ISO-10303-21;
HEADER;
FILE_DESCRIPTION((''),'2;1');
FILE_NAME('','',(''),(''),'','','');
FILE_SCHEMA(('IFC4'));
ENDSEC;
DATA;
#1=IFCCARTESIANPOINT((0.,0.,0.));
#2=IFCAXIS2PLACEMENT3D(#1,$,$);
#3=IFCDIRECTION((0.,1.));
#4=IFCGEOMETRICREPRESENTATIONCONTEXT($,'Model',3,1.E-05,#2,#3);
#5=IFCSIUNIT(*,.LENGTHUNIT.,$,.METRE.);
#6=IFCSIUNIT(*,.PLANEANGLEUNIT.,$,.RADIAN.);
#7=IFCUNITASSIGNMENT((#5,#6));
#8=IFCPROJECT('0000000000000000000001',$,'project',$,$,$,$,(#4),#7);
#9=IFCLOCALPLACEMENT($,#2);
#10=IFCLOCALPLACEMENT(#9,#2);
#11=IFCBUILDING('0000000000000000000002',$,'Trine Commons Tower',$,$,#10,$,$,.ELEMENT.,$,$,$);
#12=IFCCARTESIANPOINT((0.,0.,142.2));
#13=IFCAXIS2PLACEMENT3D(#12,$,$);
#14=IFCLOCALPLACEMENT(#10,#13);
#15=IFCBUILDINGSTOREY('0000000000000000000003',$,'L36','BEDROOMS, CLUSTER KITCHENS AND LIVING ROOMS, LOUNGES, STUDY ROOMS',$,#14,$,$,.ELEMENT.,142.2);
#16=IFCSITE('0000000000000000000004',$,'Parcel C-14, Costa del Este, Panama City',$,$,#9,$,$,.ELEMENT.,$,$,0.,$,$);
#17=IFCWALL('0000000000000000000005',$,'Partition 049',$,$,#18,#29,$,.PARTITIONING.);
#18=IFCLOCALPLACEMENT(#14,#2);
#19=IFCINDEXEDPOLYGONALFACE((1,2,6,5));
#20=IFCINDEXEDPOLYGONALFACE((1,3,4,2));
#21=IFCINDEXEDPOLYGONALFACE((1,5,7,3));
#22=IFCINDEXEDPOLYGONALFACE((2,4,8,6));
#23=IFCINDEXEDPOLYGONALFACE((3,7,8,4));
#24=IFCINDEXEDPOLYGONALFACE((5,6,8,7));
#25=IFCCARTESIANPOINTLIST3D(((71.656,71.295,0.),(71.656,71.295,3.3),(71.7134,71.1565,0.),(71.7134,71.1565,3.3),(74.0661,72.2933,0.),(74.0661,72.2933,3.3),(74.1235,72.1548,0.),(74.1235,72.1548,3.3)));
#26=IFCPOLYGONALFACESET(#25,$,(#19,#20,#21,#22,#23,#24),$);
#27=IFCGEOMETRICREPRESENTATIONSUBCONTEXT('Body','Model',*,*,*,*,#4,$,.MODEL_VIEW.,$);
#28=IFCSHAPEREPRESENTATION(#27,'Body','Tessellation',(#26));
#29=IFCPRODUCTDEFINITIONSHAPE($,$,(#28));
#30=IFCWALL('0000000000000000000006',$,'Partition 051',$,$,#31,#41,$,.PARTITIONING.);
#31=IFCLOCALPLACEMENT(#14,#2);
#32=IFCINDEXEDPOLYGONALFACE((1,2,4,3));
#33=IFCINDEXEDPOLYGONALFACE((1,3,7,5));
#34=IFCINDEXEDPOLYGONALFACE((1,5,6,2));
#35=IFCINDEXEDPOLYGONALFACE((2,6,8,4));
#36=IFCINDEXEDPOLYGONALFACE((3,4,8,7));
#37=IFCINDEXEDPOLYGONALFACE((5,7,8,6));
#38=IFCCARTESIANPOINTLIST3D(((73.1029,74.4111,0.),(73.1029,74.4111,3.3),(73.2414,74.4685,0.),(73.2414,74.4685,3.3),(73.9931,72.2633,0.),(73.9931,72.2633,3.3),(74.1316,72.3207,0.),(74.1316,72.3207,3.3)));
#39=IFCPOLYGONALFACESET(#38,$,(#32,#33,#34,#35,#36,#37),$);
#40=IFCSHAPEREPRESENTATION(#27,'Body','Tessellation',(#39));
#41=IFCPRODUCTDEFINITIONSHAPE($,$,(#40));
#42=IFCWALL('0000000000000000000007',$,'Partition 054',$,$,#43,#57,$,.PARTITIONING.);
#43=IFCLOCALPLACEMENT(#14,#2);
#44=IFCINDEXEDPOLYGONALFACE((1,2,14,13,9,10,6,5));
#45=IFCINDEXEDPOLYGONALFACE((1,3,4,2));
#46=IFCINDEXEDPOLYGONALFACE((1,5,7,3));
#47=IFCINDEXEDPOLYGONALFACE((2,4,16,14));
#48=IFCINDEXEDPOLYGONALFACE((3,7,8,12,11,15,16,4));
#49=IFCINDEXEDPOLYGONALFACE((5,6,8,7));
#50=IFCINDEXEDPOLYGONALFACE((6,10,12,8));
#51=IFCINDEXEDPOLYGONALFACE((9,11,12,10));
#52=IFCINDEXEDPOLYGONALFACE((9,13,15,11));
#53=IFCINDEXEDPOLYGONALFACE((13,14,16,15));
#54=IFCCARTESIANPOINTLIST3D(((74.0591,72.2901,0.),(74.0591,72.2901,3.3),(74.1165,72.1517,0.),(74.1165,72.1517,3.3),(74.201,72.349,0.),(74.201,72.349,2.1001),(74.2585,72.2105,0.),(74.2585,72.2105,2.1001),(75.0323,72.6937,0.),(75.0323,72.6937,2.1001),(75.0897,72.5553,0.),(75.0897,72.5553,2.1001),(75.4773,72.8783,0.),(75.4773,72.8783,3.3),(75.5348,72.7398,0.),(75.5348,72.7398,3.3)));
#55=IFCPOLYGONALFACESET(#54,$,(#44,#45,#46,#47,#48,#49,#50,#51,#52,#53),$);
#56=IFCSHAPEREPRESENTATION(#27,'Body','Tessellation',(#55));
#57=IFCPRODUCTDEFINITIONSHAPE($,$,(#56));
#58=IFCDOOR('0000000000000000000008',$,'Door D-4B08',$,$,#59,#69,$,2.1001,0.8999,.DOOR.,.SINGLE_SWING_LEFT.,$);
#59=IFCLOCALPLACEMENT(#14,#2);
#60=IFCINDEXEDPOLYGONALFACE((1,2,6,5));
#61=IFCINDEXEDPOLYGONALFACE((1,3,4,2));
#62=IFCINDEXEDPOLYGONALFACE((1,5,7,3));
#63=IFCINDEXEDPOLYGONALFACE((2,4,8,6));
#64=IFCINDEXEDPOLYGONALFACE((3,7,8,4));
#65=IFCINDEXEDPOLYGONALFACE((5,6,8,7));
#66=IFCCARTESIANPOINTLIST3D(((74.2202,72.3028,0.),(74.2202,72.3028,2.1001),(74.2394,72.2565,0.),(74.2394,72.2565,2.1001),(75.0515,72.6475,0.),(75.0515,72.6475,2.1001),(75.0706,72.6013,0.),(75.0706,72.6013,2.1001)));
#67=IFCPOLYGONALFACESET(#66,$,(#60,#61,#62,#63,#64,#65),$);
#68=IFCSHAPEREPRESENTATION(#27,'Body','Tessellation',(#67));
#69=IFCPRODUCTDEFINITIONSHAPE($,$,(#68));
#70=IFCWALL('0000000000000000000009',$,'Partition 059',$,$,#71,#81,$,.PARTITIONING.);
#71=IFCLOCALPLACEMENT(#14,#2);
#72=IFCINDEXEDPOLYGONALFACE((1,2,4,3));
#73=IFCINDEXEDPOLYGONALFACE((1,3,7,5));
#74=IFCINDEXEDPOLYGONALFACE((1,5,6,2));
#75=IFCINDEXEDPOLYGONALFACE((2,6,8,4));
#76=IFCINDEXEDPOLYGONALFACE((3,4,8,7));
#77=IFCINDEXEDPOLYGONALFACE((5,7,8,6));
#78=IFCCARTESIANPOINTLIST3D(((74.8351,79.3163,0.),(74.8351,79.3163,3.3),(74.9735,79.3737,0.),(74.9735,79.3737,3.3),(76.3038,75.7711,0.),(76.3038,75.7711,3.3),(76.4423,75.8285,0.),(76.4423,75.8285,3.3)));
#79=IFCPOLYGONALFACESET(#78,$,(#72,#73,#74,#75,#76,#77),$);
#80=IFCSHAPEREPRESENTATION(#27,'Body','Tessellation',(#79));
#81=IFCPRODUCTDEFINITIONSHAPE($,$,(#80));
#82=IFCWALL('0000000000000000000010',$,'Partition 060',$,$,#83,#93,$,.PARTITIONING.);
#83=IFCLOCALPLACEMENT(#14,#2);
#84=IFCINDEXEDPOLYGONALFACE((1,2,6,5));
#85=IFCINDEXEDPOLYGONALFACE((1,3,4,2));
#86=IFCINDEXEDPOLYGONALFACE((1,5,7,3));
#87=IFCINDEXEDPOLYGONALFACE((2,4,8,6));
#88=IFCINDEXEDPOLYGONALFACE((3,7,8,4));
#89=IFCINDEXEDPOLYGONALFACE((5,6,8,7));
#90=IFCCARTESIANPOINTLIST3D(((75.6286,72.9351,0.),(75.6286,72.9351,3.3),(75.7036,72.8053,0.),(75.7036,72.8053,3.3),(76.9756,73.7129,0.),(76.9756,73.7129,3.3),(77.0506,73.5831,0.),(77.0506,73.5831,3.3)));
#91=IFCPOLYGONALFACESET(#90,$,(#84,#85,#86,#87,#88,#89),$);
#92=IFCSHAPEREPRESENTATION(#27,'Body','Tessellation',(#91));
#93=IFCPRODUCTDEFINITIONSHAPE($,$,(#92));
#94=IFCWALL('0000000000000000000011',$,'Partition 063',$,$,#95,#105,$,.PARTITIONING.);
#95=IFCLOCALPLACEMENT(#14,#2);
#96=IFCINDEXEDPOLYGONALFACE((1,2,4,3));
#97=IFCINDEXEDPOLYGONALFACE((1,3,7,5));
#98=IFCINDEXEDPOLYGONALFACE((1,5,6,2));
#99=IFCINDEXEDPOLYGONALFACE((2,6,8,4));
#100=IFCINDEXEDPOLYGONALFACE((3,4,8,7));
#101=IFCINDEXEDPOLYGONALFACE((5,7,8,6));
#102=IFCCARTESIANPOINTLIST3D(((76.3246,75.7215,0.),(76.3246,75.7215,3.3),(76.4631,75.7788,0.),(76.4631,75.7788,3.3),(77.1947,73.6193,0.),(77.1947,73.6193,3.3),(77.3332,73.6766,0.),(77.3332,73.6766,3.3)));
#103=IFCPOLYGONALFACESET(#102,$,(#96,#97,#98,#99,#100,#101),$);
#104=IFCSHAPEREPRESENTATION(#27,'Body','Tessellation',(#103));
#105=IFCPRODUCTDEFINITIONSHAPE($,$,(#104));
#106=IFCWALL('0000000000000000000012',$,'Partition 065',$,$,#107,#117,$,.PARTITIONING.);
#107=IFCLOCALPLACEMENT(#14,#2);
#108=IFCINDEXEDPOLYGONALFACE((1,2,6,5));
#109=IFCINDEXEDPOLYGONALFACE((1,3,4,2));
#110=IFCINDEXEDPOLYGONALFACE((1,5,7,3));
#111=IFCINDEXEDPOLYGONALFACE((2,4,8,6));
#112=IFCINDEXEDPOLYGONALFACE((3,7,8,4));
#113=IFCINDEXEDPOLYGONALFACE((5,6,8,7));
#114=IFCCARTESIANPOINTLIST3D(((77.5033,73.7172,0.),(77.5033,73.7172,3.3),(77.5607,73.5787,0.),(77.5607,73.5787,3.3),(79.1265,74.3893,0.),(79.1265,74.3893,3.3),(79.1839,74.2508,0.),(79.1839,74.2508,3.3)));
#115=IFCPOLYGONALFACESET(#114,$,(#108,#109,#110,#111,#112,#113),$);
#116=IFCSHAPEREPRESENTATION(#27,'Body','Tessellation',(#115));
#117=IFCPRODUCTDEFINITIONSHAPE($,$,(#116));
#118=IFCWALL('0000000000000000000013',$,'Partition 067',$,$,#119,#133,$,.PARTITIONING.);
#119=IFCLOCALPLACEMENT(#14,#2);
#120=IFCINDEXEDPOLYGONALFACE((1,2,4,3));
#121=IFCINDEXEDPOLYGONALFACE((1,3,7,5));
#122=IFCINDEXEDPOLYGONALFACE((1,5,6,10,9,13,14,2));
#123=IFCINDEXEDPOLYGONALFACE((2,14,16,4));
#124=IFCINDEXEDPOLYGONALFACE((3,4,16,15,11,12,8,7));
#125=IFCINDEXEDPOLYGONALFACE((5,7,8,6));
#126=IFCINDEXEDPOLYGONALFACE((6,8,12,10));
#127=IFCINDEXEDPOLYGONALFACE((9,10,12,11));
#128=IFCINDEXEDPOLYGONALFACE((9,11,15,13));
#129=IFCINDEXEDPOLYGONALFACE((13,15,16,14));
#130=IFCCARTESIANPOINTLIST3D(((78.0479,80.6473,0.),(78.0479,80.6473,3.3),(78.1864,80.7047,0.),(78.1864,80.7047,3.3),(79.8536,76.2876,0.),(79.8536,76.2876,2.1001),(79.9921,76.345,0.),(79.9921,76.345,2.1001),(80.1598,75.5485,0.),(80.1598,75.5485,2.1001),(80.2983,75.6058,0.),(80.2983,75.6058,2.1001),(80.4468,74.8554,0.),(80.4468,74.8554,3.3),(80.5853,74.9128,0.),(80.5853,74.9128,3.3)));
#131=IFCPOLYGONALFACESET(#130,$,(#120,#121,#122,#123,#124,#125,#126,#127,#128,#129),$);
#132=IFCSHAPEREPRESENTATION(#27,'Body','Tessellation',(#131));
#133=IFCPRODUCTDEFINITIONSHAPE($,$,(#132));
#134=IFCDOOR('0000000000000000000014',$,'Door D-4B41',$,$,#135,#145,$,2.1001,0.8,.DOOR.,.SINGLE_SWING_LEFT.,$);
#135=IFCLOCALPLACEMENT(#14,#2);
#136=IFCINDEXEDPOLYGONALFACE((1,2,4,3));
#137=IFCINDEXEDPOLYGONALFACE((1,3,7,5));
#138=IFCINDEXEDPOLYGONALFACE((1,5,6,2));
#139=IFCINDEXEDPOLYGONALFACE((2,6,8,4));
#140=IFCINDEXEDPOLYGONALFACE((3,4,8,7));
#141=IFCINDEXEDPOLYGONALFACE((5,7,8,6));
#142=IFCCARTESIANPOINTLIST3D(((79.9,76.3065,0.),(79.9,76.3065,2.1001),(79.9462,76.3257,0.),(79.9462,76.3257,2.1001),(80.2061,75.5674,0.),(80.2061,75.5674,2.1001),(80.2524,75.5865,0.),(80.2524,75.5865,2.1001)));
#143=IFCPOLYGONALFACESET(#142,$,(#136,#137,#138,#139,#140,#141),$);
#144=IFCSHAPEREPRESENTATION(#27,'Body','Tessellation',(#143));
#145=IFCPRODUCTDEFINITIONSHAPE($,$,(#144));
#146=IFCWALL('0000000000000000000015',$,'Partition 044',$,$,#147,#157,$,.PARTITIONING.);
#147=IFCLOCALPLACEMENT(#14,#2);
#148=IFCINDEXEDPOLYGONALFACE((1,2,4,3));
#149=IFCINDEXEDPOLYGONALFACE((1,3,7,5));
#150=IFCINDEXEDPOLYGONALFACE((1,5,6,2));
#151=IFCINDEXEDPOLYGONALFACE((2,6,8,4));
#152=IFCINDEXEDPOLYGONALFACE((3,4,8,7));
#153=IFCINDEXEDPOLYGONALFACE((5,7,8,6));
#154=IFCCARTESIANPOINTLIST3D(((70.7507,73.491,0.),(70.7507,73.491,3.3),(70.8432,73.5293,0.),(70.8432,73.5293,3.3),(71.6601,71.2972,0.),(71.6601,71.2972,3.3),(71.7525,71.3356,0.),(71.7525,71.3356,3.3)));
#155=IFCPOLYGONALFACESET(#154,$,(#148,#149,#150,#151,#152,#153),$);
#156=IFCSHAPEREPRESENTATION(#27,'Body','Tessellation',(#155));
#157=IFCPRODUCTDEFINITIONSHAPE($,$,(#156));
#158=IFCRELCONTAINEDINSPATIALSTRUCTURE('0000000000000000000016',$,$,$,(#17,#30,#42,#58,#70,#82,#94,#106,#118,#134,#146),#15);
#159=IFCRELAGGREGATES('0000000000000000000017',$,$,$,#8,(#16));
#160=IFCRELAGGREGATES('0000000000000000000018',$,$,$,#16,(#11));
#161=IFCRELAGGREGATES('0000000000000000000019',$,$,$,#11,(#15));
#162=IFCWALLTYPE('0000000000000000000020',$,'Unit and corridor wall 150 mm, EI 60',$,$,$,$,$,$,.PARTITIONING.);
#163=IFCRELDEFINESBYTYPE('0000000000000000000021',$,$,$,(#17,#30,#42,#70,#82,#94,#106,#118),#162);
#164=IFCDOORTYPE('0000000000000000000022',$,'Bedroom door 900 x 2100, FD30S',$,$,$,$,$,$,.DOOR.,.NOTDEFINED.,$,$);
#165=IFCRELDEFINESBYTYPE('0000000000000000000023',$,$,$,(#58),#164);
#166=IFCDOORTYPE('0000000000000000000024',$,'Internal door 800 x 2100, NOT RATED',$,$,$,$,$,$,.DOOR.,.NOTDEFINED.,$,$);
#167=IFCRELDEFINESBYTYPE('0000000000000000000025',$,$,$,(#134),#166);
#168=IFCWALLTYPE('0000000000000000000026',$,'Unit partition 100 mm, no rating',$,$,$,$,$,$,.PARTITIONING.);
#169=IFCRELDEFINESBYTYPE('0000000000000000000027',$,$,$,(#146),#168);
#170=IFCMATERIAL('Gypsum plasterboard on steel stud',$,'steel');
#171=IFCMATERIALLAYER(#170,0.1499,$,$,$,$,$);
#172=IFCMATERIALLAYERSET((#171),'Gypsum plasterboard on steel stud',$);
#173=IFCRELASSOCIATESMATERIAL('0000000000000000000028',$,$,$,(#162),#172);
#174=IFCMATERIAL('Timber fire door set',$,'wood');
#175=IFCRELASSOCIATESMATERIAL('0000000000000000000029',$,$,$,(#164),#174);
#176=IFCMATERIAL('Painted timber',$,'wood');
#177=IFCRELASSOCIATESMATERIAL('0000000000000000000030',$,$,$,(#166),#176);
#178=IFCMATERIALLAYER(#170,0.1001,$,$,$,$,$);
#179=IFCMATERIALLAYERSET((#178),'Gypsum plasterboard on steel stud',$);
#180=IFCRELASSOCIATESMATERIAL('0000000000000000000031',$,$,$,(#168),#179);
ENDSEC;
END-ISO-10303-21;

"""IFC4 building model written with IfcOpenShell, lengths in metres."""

from ifc_helpers import new_model, si_unit, direction, frame, frame_2d, origin, place, context, subcontext, project, spatial, rectangle, extrude, material, layer, layer_set, type_object, element, fill, save


model = new_model("IFC4")

# Units and contexts
model_context = context("Model", 3, precision=1e-05, world=origin(), true_north=direction((0.0, 1.0)))
body_context = subcontext(model_context, "Body", "Model", "MODEL_VIEW")
ifc_project = project(units=[si_unit("LENGTHUNIT", "METRE"), si_unit("PLANEANGLEUNIT", "RADIAN")], contexts=[model_context])

# Site, building, storey
site_placement = place(None, origin())
site = spatial("IfcSite", under=ifc_project, at=site_placement, Name="Parcel C-14, Costa del Este, Panama City", CompositionType="ELEMENT", RefElevation=0.0)
building_placement = place(site_placement, origin())
building = spatial("IfcBuilding", under=site, at=building_placement, Name="Trine Commons Tower", CompositionType="ELEMENT")
storey_placement = place(building_placement, frame((0.0, 0.0, 142.2)))
storey = spatial("IfcBuildingStorey", under=building, at=storey_placement, Name="L36", Description="BEDROOMS, CLUSTER KITCHENS AND LIVING ROOMS, LOUNGES, STUDY ROOMS", CompositionType="ELEMENT", Elevation=142.2)

# Shared definitions
ifc_material_1 = material(Name="Gypsum plasterboard on steel stud", Category="steel")
ifc_layer_1 = layer(ifc_material_1, 0.1499)
ifc_layer_set_1 = layer_set([ifc_layer_1], Name="Gypsum plasterboard on steel stud")
wall_type_1 = type_object("IfcWallType", Name="Unit and corridor wall 150 mm, EI 60", PredefinedType="PARTITIONING", material=ifc_layer_set_1)
ifc_material_2 = material(Name="Timber fire door set", Category="wood")

# Walls
wall_1_placement = place(storey_placement, frame((71.6848, 71.2258, 0.0), z_axis=(0.0, 0.0, 1.0), x_axis=(0.923883, 0.382674, 0.0)))
element("IfcWall", 1, at=wall_1_placement, inside=storey, type_object=wall_type_1, Name="Partition 049", PredefinedType="PARTITIONING", context=body_context, shape_type="SweptSolid", body=[
    extrude(rectangle(XDim=2.6086, YDim=0.1499, at=frame_2d((1.3042, 0.0))), origin(), (0.0, 0.0, 1.0), 3.3),
])
wall_2_placement = place(storey_placement, frame((73.1721, 74.4399, 0.0), z_axis=(0.0, 0.0, 1.0), x_axis=(0.382877, -0.923799, 0.0)))
element("IfcWall", 2, at=wall_2_placement, inside=storey, type_object=wall_type_1, Name="Partition 051", PredefinedType="PARTITIONING", context=body_context, shape_type="SweptSolid", body=[
    extrude(rectangle(XDim=2.325, YDim=0.1499, at=frame_2d((1.1626, 0.0))), origin(), (0.0, 0.0, 1.0), 3.3),
])

# Wall, opening, door
wall_3_placement = place(storey_placement, frame((74.0879, 72.2209, 0.0), z_axis=(0.0, 0.0, 1.0), x_axis=(0.92372, 0.383068, 0.0)))
wall_3 = element("IfcWall", 3, at=wall_3_placement, inside=storey, type_object=wall_type_1, Name="Partition 054", PredefinedType="PARTITIONING", context=body_context, shape_type="SweptSolid", body=[
    extrude(rectangle(XDim=1.5354, YDim=0.1499, at=frame_2d((0.7676, 0.0))), origin(), (0.0, 0.0, 1.0), 3.3),
])
opening_1_placement = place(wall_3_placement, frame((0.1536, 0.0, 0.0)))
opening_1 = element("IfcOpeningElement", 4, at=opening_1_placement, cuts=wall_3, PredefinedType="OPENING", context=body_context, shape_type="SweptSolid", body=[
    extrude(rectangle(XDim=0.8999, YDim=2.1001, at=frame_2d((0.45, 1.05))), frame((0.0, 0.085, 0.0), z_axis=(0.0, -1.0, 0.0), x_axis=(1.0, 0.0, 0.0)), (0.0, 0.0, 1.0), 0.1699),
])
door_type_1 = type_object("IfcDoorType", Name="Bedroom door 900 x 2100, FD30S", OperationType="NOTDEFINED", PredefinedType="DOOR", material=ifc_material_2)
door_1_placement = place(opening_1_placement, origin())
door_1 = element("IfcDoor", 5, at=door_1_placement, inside=storey, type_object=door_type_1, Name="Door D-4B08", OperationType="SINGLE_SWING_LEFT", OverallHeight=2.1001, OverallWidth=0.8999, PredefinedType="DOOR", context=body_context, shape_type="SweptSolid", body=[
    extrude(rectangle(XDim=0.8999, YDim=2.1001, at=frame_2d((0.45, 1.05))), frame((0.0, 0.0249, 0.0), z_axis=(0.0, -1.0, 0.0), x_axis=(1.0, 0.0, 0.0)), (0.0, 0.0, 1.0), 0.05),
])
fill(opening_1, door_1)

# Walls
wall_4_placement = place(storey_placement, frame((74.9043, 79.345, 0.0), z_axis=(0.0, 0.0, 1.0), x_axis=(0.382749, -0.923852, 0.0)))
element("IfcWall", 6, at=wall_4_placement, inside=storey, type_object=wall_type_1, Name="Partition 059", PredefinedType="PARTITIONING", context=body_context, shape_type="SweptSolid", body=[
    extrude(rectangle(XDim=3.8374, YDim=0.1499, at=frame_2d((1.9187, 0.0))), origin(), (0.0, 0.0, 1.0), 3.3),
])
wall_5_placement = place(storey_placement, frame((75.666, 72.8701, 0.0), z_axis=(0.0, 0.0, 1.0), x_axis=(0.865974, 0.500089, 0.0)))
element("IfcWall", 7, at=wall_5_placement, inside=storey, type_object=wall_type_1, Name="Partition 060", PredefinedType="PARTITIONING", context=body_context, shape_type="SweptSolid", body=[
    extrude(rectangle(XDim=1.5554, YDim=0.1499, at=frame_2d((0.7778, 0.0))), origin(), (0.0, 0.0, 1.0), 3.3),
])
wall_6_placement = place(storey_placement, frame((76.3938, 75.7502, 0.0), z_axis=(0.0, 0.0, 1.0), x_axis=(0.382428, -0.923985, 0.0)))
element("IfcWall", 8, at=wall_6_placement, inside=storey, type_object=wall_type_1, Name="Partition 063", PredefinedType="PARTITIONING", context=body_context, shape_type="SweptSolid", body=[
    extrude(rectangle(XDim=2.2751, YDim=0.1499, at=frame_2d((1.1377, 0.0))), origin(), (0.0, 0.0, 1.0), 3.3),
])
wall_7_placement = place(storey_placement, frame((77.532, 73.6479, 0.0), z_axis=(0.0, 0.0, 1.0), x_axis=(0.923934, 0.382552, 0.0)))
element("IfcWall", 9, at=wall_7_placement, inside=storey, type_object=wall_type_1, Name="Partition 065", PredefinedType="PARTITIONING", context=body_context, shape_type="SweptSolid", body=[
    extrude(rectangle(XDim=1.7568, YDim=0.1499, at=frame_2d((0.8784, 0.0))), origin(), (0.0, 0.0, 1.0), 3.3),
])

# Wall, opening, door
wall_8_placement = place(storey_placement, frame((78.1172, 80.676, 0.0), z_axis=(0.0, 0.0, 1.0), x_axis=(0.382657, -0.923891, 0.0)))
wall_8 = element("IfcWall", 10, at=wall_8_placement, inside=storey, type_object=wall_type_1, Name="Partition 067", PredefinedType="PARTITIONING", context=body_context, shape_type="SweptSolid", body=[
    extrude(rectangle(XDim=6.269, YDim=0.1499, at=frame_2d((3.1345, 0.0))), origin(), (0.0, 0.0, 1.0), 3.3),
])
opening_2_placement = place(wall_8_placement, frame((4.719, 0.0, 0.0)))
opening_2 = element("IfcOpeningElement", 11, at=opening_2_placement, cuts=wall_8, PredefinedType="OPENING", context=body_context, shape_type="SweptSolid", body=[
    extrude(rectangle(XDim=0.8, YDim=2.1001, at=frame_2d((0.3999, 1.05))), frame((0.0, 0.085, 0.0), z_axis=(0.0, -1.0, 0.0), x_axis=(1.0, 0.0, 0.0)), (0.0, 0.0, 1.0), 0.1699),
])
ifc_material_3 = material(Name="Painted timber", Category="wood")
door_type_2 = type_object("IfcDoorType", Name="Internal door 800 x 2100, NOT RATED", OperationType="NOTDEFINED", PredefinedType="DOOR", material=ifc_material_3)
door_2_placement = place(opening_2_placement, frame((0.8, 0.0, 0.0), z_axis=(0.0, 0.0, 1.0), x_axis=(-1.0, 0.0, 0.0)))
door_2 = element("IfcDoor", 12, at=door_2_placement, inside=storey, type_object=door_type_2, Name="Door D-4B41", OperationType="SINGLE_SWING_LEFT", OverallHeight=2.1001, OverallWidth=0.8, PredefinedType="DOOR", context=body_context, shape_type="SweptSolid", body=[
    extrude(rectangle(XDim=0.8, YDim=2.1001, at=frame_2d((0.3999, 1.05))), frame((0.0, 0.0249, 0.0), z_axis=(0.0, -1.0, 0.0), x_axis=(1.0, 0.0, 0.0)), (0.0, 0.0, 1.0), 0.05),
])
fill(opening_2, door_2)

# Wall
ifc_layer_2 = layer(ifc_material_1, 0.1001)
ifc_layer_set_2 = layer_set([ifc_layer_2], Name="Gypsum plasterboard on steel stud")
wall_type_2 = type_object("IfcWallType", Name="Unit partition 100 mm, no rating", PredefinedType="PARTITIONING", material=ifc_layer_set_2)
wall_9_placement = place(storey_placement, frame((70.7969, 73.5103, 0.0), z_axis=(0.0, 0.0, 1.0), x_axis=(0.382936, -0.923775, 0.0)))
element("IfcWall", 13, at=wall_9_placement, inside=storey, type_object=wall_type_2, Name="Partition 044", PredefinedType="PARTITIONING", context=body_context, shape_type="SweptSolid", body=[
    extrude(rectangle(XDim=2.3748, YDim=0.1001, at=frame_2d((1.1875, 0.0))), origin(), (0.0, 0.0, 1.0), 3.3),
])

save(model, "model.ifc")
